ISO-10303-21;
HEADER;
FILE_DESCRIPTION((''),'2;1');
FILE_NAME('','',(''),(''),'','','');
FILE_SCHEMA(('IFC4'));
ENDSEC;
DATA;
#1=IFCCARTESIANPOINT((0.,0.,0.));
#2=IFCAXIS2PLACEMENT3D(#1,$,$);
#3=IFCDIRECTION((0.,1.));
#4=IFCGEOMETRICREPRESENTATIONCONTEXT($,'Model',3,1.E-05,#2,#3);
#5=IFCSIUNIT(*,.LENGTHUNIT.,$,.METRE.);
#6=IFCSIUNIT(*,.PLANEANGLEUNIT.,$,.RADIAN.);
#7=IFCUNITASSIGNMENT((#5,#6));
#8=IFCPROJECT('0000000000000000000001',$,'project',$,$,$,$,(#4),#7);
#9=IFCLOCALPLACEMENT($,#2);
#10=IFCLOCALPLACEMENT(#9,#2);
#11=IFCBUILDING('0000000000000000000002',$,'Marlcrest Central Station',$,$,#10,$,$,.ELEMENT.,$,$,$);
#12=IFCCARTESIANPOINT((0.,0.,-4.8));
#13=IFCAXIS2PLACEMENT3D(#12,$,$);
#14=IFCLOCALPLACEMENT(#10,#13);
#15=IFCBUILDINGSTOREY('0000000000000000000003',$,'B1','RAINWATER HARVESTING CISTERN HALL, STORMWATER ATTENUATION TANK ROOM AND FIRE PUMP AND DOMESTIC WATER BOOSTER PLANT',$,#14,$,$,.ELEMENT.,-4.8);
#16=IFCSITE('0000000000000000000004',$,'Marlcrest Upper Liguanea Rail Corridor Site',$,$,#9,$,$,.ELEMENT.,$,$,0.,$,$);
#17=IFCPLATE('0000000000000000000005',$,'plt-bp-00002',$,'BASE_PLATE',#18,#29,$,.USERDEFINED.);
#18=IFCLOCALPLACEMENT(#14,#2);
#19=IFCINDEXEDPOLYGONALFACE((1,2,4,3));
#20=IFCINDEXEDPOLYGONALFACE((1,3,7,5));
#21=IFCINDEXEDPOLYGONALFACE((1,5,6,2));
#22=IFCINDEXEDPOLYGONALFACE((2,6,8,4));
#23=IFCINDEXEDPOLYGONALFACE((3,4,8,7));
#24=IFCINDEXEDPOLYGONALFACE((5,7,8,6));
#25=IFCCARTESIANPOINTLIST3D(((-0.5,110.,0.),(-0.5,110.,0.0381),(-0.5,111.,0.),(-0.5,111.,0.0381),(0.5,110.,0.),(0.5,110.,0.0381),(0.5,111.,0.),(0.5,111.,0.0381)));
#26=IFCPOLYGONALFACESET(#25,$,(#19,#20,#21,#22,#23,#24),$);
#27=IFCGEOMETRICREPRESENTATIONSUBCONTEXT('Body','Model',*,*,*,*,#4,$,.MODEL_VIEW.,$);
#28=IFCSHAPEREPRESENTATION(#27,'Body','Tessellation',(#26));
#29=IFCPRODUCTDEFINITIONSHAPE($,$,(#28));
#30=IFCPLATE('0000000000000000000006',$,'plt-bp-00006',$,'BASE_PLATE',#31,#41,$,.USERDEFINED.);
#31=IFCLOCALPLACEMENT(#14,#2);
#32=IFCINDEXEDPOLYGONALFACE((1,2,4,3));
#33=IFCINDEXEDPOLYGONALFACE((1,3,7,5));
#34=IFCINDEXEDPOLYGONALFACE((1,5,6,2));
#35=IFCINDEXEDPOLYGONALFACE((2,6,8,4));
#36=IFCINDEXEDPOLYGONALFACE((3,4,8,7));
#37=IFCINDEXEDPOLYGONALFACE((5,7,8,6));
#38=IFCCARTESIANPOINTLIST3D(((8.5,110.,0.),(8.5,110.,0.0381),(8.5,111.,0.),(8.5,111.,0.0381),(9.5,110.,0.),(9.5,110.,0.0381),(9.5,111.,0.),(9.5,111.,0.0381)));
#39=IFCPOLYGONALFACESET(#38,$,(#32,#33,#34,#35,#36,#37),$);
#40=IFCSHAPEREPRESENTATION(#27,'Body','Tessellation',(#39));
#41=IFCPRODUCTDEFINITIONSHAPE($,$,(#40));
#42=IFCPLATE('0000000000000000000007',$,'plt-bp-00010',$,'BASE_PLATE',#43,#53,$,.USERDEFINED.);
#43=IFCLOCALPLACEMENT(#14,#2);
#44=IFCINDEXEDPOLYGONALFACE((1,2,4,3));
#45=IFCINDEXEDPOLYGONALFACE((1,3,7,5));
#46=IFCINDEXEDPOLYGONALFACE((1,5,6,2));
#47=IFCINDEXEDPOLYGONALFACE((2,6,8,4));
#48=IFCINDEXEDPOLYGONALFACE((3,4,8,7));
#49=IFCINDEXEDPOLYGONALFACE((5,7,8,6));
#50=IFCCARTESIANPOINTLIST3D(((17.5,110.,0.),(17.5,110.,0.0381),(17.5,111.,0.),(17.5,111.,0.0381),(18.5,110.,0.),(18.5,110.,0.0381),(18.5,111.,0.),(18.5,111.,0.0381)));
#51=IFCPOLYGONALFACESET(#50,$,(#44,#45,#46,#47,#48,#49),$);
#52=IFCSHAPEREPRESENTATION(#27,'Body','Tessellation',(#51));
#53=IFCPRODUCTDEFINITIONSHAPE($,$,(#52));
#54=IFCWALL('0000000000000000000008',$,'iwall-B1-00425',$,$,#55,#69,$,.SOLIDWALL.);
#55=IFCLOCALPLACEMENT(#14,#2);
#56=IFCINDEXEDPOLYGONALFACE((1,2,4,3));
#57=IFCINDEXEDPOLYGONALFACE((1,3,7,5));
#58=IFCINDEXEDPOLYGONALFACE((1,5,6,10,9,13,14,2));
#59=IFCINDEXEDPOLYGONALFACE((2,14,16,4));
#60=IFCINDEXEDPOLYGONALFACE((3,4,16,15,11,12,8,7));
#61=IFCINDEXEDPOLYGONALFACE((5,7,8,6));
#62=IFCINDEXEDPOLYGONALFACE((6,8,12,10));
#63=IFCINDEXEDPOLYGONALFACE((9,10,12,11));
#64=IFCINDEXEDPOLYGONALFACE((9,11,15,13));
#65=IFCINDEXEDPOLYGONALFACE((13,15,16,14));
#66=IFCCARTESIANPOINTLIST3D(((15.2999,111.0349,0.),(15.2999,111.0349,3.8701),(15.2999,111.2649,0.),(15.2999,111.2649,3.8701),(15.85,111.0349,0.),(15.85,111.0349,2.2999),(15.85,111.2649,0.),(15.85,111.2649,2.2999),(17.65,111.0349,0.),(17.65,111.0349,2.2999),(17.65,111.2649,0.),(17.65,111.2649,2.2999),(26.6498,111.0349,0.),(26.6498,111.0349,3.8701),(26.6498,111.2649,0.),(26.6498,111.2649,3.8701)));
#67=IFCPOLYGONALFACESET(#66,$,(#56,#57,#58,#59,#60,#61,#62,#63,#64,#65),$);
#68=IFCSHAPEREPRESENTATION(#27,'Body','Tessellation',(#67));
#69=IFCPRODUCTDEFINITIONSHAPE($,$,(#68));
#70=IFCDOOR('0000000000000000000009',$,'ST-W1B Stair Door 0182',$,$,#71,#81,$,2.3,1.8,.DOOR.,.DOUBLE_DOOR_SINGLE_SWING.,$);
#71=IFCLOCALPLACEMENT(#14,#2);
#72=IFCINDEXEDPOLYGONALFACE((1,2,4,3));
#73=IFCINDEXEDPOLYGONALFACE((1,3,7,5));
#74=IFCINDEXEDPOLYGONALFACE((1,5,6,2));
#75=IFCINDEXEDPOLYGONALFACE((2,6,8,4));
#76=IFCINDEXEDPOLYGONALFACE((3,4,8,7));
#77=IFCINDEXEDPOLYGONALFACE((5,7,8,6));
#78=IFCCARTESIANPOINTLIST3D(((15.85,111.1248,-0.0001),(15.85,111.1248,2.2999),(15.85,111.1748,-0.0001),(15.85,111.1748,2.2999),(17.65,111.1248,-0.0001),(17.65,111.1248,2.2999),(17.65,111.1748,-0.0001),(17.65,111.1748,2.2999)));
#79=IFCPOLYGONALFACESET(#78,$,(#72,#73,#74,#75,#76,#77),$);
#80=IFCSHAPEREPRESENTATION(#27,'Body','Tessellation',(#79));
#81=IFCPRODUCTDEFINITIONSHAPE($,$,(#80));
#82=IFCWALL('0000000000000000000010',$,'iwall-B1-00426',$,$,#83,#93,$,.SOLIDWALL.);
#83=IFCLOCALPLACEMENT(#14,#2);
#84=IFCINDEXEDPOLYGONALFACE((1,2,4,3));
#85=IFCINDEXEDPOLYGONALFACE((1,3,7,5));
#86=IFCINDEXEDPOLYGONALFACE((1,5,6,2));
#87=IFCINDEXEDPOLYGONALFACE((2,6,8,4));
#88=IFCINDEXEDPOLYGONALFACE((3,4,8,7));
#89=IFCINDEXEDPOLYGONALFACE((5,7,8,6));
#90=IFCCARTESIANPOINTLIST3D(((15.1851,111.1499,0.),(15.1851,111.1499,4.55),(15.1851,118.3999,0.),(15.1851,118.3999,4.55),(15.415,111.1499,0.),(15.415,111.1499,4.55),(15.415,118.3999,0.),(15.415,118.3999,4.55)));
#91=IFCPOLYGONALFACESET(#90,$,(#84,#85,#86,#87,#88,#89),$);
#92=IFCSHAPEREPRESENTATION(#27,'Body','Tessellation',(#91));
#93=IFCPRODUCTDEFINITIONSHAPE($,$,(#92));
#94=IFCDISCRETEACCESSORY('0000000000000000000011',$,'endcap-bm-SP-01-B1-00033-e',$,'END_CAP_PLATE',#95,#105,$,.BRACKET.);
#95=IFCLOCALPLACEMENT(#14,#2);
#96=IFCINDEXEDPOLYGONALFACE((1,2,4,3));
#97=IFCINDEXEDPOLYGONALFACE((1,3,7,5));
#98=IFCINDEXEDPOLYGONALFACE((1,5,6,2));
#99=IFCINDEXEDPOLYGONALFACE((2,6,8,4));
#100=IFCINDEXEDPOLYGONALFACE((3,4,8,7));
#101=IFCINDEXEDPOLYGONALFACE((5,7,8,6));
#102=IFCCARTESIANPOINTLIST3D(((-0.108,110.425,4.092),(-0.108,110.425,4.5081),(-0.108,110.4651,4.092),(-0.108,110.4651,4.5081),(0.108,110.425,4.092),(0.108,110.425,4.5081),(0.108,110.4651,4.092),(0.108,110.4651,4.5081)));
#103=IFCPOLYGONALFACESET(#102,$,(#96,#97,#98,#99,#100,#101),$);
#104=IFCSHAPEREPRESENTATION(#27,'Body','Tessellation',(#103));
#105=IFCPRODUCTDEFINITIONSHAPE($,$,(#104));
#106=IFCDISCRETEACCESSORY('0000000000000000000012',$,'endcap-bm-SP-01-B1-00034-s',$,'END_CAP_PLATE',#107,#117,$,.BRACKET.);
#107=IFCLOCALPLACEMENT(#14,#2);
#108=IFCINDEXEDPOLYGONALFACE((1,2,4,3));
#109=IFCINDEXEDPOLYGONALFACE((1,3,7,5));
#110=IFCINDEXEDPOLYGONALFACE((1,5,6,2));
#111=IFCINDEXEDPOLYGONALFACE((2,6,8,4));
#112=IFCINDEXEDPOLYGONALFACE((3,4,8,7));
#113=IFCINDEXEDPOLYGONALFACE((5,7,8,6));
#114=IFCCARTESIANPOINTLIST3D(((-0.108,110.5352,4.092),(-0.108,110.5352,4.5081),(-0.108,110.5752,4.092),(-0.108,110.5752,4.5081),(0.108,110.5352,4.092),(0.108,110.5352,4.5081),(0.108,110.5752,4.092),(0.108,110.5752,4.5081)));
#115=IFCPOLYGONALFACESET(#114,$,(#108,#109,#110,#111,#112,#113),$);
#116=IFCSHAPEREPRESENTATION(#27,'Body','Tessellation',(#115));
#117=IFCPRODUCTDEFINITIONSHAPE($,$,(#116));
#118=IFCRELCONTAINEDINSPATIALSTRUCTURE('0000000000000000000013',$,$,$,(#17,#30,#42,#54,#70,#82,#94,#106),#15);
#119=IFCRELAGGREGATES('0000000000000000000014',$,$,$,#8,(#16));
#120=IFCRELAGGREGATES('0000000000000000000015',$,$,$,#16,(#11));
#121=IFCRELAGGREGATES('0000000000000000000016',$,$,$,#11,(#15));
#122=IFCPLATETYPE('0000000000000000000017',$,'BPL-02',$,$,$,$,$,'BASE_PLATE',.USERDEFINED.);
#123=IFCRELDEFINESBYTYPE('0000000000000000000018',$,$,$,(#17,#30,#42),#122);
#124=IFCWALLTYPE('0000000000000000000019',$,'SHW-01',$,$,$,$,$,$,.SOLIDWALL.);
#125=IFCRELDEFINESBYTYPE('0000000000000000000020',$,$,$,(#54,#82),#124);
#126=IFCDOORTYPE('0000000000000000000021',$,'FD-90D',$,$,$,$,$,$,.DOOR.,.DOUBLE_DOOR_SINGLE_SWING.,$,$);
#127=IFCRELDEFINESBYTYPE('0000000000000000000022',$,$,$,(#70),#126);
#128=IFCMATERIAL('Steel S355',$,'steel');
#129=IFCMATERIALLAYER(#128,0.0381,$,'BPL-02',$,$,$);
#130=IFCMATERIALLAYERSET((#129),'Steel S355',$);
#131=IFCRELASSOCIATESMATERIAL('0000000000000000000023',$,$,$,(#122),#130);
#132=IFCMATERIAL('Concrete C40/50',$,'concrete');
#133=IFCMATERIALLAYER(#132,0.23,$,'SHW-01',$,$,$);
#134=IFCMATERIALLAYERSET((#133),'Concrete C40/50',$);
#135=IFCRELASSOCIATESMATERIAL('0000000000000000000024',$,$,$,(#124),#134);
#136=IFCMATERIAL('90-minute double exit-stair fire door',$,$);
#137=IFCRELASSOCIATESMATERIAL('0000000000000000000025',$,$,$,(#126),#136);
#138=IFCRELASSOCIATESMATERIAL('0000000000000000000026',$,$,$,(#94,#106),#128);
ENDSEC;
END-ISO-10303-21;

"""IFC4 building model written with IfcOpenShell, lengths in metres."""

from ifc_helpers import new_model, si_unit, direction, frame, frame_2d, origin, origin_2d, place, context, subcontext, project, spatial, rectangle, extrude, material, layer, layer_set, type_object, element, fill, save


model = new_model("IFC4")

# Units and contexts
model_context = context("Model", 3, precision=1e-05, world=origin(), true_north=direction((0.0, 1.0)))
body_context = subcontext(model_context, "Body", "Model", "MODEL_VIEW")
ifc_project = project(units=[si_unit("LENGTHUNIT", "METRE"), si_unit("PLANEANGLEUNIT", "RADIAN")], contexts=[model_context])

# Site, building, storey
site_placement = place(None, origin())
site = spatial("IfcSite", under=ifc_project, at=site_placement, Name="Marlcrest Upper Liguanea Rail Corridor Site", CompositionType="ELEMENT", RefElevation=0.0)
building_placement = place(site_placement, origin())
building = spatial("IfcBuilding", under=site, at=building_placement, Name="Marlcrest Central Station", CompositionType="ELEMENT")
storey_placement = place(building_placement, frame((0.0, 0.0, -4.8)))
storey = spatial("IfcBuildingStorey", under=building, at=storey_placement, Name="B1", Description="RAINWATER HARVESTING CISTERN HALL, STORMWATER ATTENUATION TANK ROOM AND FIRE PUMP AND DOMESTIC WATER BOOSTER PLANT", CompositionType="ELEMENT", Elevation=-4.8)

# Shared definitions
ifc_material_1 = material(Name="Concrete C40/50", Category="concrete")

# Shared definitions
ifc_material_2 = material(Name="Steel S355", Category="steel")

# Plates
ifc_layer_1 = layer(ifc_material_2, 0.0381, Name="BPL-02")
ifc_layer_set_1 = layer_set([ifc_layer_1], Name="Steel S355")
plate_type = type_object("IfcPlateType", Name="BPL-02", ElementType="BASE_PLATE", PredefinedType="USERDEFINED", material=ifc_layer_set_1)
for number, where, z_axis, x_axis, name in (
    (1, (0.0, 110.5, 0.0), (0.0, 0.0, 1.0), (1.0, 0.0, 0.0), "plt-bp-00002"),
    (2, (9.0, 110.5, 0.0), (0.0, 0.0, 1.0), (1.0, 0.0, 0.0), "plt-bp-00006"),
    (3, (18.0, 110.5, 0.0), (0.0, 0.0, 1.0), (1.0, 0.0, 0.0), "plt-bp-00010"),
):
    element("IfcPlate", number, at=place(storey_placement, frame(where, z_axis=z_axis, x_axis=x_axis)), inside=storey, type_object=plate_type, Name=name, ObjectType="BASE_PLATE", PredefinedType="USERDEFINED", context=body_context, shape_type="SweptSolid", body=[
        extrude(rectangle(XDim=1.0, YDim=1.0, at=origin_2d()), origin(), (0.0, 0.0, 1.0), 0.0381),
    ])

# Wall, opening, door
ifc_layer_2 = layer(ifc_material_1, 0.23, Name="SHW-01")
ifc_layer_set_2 = layer_set([ifc_layer_2], Name="Concrete C40/50")
wall_type = type_object("IfcWallType", Name="SHW-01", PredefinedType="SOLIDWALL", material=ifc_layer_set_2)
wall_1_placement = place(storey_placement, frame((15.3, 111.1499, 0.0), z_axis=(0.0, 0.0, 1.0), x_axis=(1.0, 0.0, 0.0)))
wall_1 = element("IfcWall", 4, at=wall_1_placement, inside=storey, type_object=wall_type, Name="iwall-B1-00425", PredefinedType="SOLIDWALL", context=body_context, shape_type="SweptSolid", body=[
    extrude(rectangle(XDim=11.3499, YDim=0.23, at=frame_2d((5.6748, 0.0))), origin(), (0.0, 0.0, 1.0), 3.8701),
])
opening_placement = place(wall_1_placement, frame((0.55, 0.0, 0.0)))
opening = element("IfcOpeningElement", 5, at=opening_placement, cuts=wall_1, PredefinedType="OPENING", context=body_context, shape_type="SweptSolid", body=[
    extrude(rectangle(XDim=1.8, YDim=2.3, at=frame_2d((0.8999, 1.1499))), frame((0.0, 0.125, 0.0), z_axis=(0.0, -1.0, 0.0), x_axis=(1.0, 0.0, 0.0)), (0.0, 0.0, 1.0), 0.25),
])
ifc_material_3 = material(Name="90-minute double exit-stair fire door")
door_type = type_object("IfcDoorType", Name="FD-90D", OperationType="DOUBLE_DOOR_SINGLE_SWING", PredefinedType="DOOR", material=ifc_material_3)
door_placement = place(opening_placement, origin())
door = element("IfcDoor", 6, at=door_placement, inside=storey, type_object=door_type, Name="ST-W1B Stair Door 0182", OperationType="DOUBLE_DOOR_SINGLE_SWING", OverallHeight=2.3, OverallWidth=1.8, PredefinedType="DOOR", context=body_context, shape_type="SweptSolid", body=[
    extrude(rectangle(XDim=1.8, YDim=2.3, at=frame_2d((0.8999, 1.1499))), frame((0.0, 0.0249, 0.0), z_axis=(0.0, -1.0, 0.0), x_axis=(1.0, 0.0, 0.0)), (0.0, 0.0, 1.0), 0.05),
])
fill(opening, door)

# Wall
wall_2_placement = place(storey_placement, frame((15.3, 111.1499, 0.0), z_axis=(0.0, 0.0, 1.0), x_axis=(0.0, 1.0, 0.0)))
element("IfcWall", 7, at=wall_2_placement, inside=storey, type_object=wall_type, Name="iwall-B1-00426", PredefinedType="SOLIDWALL", context=body_context, shape_type="SweptSolid", body=[
    extrude(rectangle(XDim=7.25, YDim=0.23, at=frame_2d((3.625, 0.0))), origin(), (0.0, 0.0, 1.0), 4.55),
])

# Discrete accessories
for number, where, z_axis, x_axis, name in (
    (8, (0.0, 110.425, 4.3), (0.0, 1.0, 0.0), (-1.0, 0.0, 0.0), "endcap-bm-SP-01-B1-00033-e"),
    (9, (0.0, 110.5352, 4.3), (0.0, 1.0, 0.0), (-1.0, 0.0, 0.0), "endcap-bm-SP-01-B1-00034-s"),
):
    element("IfcDiscreteAccessory", number, at=place(storey_placement, frame(where, z_axis=z_axis, x_axis=x_axis)), inside=storey, material=ifc_material_2, Name=name, ObjectType="END_CAP_PLATE", PredefinedType="BRACKET", context=body_context, shape_type="SweptSolid", body=[
        extrude(rectangle(XDim=0.2161, YDim=0.416, at=origin_2d()), origin(), (0.0, 0.0, 1.0), 0.04),
    ])

save(model, "model.ifc")
